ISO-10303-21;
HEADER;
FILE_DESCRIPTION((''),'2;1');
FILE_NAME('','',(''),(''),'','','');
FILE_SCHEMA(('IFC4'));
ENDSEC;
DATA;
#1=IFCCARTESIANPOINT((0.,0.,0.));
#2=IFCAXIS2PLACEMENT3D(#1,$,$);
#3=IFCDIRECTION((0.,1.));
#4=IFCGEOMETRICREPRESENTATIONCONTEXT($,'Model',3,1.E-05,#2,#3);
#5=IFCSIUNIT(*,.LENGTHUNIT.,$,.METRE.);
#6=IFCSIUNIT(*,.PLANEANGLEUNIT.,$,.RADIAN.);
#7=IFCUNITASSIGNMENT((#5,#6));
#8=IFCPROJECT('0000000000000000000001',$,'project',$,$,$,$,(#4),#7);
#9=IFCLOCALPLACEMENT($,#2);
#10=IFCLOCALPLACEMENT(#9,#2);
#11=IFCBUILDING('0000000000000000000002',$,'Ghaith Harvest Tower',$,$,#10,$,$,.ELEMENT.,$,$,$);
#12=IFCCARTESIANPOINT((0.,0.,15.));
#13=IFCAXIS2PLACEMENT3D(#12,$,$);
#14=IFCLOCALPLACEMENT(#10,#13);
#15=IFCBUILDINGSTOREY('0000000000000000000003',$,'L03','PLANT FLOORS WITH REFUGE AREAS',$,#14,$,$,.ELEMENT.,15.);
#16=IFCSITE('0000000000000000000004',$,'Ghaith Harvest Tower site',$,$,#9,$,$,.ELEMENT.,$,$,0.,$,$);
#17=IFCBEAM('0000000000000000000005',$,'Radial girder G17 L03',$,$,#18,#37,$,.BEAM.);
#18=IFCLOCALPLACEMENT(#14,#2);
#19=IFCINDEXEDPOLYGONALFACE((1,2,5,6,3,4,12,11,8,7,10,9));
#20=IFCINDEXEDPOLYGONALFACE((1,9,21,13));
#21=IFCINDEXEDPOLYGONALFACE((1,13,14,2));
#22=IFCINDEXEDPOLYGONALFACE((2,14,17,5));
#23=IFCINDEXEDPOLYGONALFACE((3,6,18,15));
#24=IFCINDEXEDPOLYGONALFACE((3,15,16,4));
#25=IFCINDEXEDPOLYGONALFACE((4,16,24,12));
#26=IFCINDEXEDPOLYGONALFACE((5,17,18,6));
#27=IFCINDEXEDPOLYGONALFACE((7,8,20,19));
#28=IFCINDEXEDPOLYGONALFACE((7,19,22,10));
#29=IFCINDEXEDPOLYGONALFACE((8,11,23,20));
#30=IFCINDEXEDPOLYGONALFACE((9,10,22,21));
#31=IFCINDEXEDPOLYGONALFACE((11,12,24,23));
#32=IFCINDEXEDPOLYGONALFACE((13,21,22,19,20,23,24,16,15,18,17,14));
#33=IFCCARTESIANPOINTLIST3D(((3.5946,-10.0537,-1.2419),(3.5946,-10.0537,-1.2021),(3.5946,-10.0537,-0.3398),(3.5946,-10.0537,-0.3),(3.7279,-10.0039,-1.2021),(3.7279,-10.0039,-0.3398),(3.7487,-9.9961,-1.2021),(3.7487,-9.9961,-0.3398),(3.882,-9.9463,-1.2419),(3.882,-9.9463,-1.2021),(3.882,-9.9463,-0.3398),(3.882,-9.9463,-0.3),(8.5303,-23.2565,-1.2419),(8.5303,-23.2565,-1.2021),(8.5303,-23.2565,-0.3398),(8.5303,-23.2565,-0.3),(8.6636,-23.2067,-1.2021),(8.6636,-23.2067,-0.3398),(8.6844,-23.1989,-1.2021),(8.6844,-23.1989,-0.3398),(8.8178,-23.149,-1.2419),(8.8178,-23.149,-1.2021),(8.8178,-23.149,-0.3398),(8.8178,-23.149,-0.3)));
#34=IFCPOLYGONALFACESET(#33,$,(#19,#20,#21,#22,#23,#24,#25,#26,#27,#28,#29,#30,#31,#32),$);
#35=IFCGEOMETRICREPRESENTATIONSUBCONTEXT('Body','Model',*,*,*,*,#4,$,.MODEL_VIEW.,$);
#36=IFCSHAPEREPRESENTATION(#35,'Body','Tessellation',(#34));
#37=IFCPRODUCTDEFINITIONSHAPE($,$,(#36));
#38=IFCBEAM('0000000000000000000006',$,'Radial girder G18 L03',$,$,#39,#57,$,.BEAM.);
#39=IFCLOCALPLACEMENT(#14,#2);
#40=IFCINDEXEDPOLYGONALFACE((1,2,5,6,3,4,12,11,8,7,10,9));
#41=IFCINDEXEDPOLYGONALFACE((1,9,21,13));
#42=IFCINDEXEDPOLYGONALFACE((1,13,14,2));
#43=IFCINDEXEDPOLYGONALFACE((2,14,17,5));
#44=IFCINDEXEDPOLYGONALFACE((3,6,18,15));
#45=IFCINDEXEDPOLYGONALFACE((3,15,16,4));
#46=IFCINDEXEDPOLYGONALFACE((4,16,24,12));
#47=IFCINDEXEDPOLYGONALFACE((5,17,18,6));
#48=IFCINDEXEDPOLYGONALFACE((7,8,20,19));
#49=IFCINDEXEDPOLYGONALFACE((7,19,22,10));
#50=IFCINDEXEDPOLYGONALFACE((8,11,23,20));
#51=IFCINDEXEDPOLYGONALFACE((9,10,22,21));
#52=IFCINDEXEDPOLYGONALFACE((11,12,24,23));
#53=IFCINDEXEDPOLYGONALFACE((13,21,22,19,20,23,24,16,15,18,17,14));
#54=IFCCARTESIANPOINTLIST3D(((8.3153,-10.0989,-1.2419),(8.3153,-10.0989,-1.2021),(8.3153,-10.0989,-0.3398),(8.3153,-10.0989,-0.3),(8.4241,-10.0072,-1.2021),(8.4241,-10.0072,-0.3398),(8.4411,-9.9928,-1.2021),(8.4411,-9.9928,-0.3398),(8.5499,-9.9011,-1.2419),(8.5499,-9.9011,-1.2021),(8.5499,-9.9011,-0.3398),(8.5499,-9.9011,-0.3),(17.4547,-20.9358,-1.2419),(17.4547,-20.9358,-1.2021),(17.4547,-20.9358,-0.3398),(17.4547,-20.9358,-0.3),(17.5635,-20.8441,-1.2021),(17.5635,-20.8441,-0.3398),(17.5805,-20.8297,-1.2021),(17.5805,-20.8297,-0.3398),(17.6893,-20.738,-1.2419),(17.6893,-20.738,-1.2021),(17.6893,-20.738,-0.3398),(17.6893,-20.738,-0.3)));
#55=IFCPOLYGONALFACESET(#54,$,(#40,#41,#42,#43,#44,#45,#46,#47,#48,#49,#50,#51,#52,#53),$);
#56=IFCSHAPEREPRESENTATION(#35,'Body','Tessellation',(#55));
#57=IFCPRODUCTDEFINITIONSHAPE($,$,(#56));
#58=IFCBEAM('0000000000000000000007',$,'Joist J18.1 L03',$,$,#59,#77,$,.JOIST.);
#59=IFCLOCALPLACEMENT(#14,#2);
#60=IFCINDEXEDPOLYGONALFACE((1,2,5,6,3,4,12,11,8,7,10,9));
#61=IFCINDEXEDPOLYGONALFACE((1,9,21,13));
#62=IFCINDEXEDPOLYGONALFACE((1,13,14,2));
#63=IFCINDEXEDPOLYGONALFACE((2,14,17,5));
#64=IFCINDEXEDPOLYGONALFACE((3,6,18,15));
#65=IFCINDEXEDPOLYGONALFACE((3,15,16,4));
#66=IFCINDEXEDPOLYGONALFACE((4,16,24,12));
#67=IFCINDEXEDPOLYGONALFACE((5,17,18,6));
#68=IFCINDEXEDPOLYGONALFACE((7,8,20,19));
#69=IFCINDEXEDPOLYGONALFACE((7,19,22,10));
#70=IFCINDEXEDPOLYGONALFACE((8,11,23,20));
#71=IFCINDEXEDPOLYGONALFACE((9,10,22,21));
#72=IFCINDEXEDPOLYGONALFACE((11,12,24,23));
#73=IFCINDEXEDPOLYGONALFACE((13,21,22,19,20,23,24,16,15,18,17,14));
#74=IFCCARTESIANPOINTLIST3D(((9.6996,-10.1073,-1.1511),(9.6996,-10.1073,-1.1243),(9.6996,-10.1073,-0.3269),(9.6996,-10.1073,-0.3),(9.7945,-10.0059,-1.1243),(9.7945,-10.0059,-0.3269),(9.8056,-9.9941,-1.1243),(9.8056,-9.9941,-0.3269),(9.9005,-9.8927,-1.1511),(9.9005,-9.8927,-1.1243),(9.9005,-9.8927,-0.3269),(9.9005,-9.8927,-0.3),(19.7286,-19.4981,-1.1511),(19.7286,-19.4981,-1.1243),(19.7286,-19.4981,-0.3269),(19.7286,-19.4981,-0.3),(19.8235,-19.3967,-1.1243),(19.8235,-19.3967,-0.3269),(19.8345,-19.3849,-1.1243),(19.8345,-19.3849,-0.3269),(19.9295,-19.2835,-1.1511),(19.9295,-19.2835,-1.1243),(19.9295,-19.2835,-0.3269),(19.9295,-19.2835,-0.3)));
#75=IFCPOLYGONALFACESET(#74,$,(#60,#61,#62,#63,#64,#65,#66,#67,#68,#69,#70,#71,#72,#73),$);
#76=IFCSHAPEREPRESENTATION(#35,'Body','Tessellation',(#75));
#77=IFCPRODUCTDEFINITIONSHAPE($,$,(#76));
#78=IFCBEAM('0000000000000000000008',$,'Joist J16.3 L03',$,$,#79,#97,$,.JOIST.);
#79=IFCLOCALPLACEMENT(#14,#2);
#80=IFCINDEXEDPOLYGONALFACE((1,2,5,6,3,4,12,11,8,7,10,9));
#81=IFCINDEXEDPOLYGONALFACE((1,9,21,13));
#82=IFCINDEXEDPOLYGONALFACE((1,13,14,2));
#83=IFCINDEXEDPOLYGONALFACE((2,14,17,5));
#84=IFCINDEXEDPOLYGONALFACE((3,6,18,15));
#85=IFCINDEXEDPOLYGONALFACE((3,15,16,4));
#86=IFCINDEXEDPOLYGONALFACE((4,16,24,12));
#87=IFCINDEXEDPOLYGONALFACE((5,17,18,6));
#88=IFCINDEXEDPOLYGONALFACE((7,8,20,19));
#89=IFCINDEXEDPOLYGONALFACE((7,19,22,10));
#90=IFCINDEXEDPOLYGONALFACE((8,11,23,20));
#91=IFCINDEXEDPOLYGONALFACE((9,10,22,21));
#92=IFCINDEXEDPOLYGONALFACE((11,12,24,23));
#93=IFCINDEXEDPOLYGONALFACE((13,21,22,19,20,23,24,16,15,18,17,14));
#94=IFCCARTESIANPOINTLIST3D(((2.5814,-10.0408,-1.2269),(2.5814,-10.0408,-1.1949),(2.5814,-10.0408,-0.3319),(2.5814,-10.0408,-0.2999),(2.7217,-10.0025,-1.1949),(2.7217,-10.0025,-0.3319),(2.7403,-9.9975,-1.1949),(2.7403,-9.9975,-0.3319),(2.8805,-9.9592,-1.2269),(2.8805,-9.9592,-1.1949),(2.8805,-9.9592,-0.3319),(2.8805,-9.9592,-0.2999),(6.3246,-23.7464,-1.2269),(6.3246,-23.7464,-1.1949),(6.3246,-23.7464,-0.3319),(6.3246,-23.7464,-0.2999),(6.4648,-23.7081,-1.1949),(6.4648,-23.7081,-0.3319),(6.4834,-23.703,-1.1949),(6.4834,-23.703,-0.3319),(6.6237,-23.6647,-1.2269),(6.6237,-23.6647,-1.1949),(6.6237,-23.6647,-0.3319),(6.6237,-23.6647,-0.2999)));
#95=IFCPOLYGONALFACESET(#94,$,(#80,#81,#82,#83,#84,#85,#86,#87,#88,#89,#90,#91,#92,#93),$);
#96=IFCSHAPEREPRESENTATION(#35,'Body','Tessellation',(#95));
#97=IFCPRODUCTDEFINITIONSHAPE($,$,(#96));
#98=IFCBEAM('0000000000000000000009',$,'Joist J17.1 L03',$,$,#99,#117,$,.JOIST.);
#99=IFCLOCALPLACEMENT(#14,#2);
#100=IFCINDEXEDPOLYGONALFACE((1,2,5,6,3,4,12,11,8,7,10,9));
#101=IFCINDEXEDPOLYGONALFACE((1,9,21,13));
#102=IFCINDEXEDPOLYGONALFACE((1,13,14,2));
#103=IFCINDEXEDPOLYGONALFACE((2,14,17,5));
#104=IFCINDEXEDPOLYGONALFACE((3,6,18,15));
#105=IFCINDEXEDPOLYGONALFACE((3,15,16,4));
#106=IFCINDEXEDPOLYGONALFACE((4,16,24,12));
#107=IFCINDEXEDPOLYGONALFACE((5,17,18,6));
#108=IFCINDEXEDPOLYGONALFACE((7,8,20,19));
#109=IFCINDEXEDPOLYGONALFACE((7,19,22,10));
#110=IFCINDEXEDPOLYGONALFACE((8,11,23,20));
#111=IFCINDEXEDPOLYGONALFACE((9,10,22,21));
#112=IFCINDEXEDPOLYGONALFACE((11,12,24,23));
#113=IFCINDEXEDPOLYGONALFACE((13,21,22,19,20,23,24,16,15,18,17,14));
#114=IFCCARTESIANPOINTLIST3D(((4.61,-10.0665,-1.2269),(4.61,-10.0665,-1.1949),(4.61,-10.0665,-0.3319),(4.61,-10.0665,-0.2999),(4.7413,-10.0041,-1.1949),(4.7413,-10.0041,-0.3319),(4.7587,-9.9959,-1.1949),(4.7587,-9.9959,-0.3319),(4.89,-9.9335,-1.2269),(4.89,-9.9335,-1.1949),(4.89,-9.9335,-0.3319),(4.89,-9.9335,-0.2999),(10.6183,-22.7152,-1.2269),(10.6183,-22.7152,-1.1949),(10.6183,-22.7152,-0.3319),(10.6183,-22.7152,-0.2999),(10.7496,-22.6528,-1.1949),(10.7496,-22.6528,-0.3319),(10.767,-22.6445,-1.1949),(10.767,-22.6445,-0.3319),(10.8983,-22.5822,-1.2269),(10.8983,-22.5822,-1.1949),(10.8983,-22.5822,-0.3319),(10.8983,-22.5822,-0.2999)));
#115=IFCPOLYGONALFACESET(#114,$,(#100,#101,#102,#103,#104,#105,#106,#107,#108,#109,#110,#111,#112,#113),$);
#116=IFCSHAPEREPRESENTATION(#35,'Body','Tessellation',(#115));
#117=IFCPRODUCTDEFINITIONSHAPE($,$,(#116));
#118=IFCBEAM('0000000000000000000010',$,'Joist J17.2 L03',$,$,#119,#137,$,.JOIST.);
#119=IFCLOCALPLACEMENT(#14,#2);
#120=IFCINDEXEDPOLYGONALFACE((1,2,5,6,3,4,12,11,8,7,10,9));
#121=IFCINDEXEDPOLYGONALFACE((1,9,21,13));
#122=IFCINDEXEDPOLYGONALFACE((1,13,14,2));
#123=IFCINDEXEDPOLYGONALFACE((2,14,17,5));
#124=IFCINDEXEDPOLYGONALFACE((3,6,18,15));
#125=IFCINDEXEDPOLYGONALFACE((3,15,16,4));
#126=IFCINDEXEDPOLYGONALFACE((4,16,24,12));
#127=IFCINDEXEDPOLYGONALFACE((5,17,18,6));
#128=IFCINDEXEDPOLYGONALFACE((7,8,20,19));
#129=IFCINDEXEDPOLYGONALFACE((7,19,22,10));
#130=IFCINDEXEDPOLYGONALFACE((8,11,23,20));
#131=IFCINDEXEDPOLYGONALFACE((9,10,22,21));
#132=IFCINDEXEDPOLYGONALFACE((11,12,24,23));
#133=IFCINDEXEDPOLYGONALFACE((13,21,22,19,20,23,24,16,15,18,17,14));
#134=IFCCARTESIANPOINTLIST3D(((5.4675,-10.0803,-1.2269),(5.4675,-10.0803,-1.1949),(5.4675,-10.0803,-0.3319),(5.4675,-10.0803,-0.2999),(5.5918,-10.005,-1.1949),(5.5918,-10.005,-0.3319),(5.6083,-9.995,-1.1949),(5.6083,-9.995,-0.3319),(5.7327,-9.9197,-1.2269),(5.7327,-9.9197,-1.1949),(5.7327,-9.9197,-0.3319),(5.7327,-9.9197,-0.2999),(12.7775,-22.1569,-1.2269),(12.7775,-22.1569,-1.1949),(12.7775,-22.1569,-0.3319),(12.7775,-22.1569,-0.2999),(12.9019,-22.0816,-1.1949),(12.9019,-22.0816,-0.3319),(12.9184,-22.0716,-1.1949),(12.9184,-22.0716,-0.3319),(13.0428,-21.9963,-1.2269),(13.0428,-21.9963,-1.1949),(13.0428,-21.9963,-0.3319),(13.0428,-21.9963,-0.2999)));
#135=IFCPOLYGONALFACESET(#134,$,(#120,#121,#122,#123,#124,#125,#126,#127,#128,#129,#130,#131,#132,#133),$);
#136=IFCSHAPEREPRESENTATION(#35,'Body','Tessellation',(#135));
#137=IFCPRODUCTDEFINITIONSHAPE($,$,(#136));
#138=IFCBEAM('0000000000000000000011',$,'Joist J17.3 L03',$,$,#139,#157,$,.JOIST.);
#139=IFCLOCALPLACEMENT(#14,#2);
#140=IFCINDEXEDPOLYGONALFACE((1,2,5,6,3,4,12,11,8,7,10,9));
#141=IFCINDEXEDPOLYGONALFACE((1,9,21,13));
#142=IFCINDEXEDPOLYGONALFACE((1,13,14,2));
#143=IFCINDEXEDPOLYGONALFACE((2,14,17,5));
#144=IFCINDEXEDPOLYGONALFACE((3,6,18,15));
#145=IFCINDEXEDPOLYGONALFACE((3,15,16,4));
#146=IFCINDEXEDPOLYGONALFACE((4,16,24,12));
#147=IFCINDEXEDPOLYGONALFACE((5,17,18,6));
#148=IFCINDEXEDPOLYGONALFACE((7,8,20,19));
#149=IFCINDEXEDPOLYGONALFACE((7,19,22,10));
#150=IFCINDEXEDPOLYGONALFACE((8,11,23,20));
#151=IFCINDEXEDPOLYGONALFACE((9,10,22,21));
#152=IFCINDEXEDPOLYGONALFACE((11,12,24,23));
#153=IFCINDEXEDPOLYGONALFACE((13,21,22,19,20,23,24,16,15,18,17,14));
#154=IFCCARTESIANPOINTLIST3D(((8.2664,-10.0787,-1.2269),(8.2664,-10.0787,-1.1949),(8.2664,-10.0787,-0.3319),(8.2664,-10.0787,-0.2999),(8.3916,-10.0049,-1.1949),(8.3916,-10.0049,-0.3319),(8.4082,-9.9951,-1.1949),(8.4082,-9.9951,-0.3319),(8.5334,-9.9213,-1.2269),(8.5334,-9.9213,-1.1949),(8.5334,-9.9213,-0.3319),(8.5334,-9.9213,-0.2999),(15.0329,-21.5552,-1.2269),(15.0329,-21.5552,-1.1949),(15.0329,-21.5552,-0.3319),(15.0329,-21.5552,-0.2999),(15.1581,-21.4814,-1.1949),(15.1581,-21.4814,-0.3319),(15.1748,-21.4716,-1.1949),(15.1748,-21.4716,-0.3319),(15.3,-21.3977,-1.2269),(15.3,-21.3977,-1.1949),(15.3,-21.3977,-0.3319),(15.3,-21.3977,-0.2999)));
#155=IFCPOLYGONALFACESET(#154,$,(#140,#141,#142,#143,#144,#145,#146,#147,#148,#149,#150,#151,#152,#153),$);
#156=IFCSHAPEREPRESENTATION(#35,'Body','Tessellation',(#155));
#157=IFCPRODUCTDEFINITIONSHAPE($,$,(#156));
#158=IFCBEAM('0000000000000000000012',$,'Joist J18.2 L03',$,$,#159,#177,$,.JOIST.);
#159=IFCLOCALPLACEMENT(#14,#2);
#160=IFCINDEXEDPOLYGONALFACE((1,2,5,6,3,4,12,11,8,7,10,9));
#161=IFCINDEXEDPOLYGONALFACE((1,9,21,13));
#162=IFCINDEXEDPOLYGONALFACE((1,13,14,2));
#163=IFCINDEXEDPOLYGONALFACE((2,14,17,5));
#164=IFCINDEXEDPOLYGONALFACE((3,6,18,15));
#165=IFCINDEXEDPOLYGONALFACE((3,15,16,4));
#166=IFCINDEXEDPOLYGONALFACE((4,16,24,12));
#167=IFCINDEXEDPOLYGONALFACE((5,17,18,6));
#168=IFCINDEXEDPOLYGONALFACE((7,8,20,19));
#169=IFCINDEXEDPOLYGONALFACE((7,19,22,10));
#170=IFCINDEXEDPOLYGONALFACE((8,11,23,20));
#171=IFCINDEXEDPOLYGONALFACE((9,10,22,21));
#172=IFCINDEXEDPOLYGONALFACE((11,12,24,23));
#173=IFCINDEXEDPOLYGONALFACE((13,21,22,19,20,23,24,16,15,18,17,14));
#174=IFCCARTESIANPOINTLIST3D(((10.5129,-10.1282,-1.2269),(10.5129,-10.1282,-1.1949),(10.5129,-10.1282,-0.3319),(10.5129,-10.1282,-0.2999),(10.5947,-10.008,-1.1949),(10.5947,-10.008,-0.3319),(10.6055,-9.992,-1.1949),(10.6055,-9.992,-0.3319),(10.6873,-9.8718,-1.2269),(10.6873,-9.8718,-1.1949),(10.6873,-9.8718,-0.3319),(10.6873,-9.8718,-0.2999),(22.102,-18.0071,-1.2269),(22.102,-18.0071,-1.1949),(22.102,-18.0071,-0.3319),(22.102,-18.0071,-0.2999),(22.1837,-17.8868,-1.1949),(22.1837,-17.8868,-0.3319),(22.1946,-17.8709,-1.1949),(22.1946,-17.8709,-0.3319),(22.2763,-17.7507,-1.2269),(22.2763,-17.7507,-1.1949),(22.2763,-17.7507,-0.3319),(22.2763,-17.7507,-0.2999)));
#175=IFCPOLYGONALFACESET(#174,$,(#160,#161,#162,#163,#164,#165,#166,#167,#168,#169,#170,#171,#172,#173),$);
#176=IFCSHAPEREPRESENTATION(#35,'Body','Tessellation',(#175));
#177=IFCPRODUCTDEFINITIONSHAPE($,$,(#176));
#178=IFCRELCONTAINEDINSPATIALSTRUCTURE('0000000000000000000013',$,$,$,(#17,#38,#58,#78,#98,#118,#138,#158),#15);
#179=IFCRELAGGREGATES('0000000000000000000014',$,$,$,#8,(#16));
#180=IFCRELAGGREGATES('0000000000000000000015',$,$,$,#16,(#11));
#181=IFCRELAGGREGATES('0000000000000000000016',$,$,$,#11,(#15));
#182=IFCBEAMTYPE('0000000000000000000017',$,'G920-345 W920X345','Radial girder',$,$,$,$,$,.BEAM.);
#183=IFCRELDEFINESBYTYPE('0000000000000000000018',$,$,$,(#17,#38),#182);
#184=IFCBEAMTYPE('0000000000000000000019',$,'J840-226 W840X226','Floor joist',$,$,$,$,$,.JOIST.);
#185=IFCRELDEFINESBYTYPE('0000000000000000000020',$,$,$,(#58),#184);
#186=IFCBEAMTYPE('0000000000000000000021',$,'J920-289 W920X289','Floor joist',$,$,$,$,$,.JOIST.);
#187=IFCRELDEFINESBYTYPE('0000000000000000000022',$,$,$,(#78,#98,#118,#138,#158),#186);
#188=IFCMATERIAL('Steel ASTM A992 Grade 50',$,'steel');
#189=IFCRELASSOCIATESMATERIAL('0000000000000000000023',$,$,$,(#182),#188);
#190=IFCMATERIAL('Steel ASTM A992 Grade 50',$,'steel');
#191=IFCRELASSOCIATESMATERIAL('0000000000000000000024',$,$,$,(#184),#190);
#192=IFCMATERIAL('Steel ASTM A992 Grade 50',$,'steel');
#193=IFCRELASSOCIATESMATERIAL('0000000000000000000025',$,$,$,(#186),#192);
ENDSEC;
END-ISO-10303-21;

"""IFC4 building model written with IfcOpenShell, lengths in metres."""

from ifc_helpers import new_model, si_unit, direction, frame, origin, origin_2d, place, context, subcontext, project, spatial, i_section, extrude, material, material_profile, profile_set, type_object, element, save


model = new_model("IFC4")

# Units and contexts
model_context = context("Model", 3, precision=1e-05, world=origin(), true_north=direction((0.0, 1.0)))
body_context = subcontext(model_context, "Body", "Model", "MODEL_VIEW")
ifc_project = project(units=[si_unit("LENGTHUNIT", "METRE"), si_unit("PLANEANGLEUNIT", "RADIAN")], contexts=[model_context])

# Site, building, storey
site_placement = place(None, origin())
site = spatial("IfcSite", under=ifc_project, at=site_placement, Name="Ghaith Harvest Tower site", CompositionType="ELEMENT", RefElevation=0.0)
building_placement = place(site_placement, origin())
building = spatial("IfcBuilding", under=site, at=building_placement, Name="Ghaith Harvest Tower", CompositionType="ELEMENT")
storey_placement = place(building_placement, frame((0.0, 0.0, 15.0)))
storey = spatial("IfcBuildingStorey", under=building, at=storey_placement, Name="L03", Description="PLANT FLOORS WITH REFUGE AREAS", CompositionType="ELEMENT", Elevation=15.0)

# Beams
ifc_material_1 = material(Name="Steel ASTM A992 Grade 50", Category="steel")
ifc_material_profile_1 = material_profile(ifc_material_1, i_section(OverallWidth=0.3069, OverallDepth=0.9419, WebThickness=0.0222, FlangeThickness=0.0398, at=origin_2d()), Name="W920X345")
ifc_profile_set_1 = profile_set([ifc_material_profile_1], Name="Steel ASTM A992 Grade 50")
beam_type_1 = type_object("IfcBeamType", Name="G920-345 W920X345", Description="Radial girder", PredefinedType="BEAM", material=ifc_profile_set_1)
beam_1_placement = place(storey_placement, frame((3.7383, -10.0, -0.771), z_axis=(0.350172, -0.936685, 0.0), x_axis=(0.936685, 0.350172, 0.0)))
element("IfcBeam", 1, at=beam_1_placement, inside=storey, type_object=beam_type_1, Name="Radial girder G17 L03", PredefinedType="BEAM", context=body_context, shape_type="SweptSolid", body=[
    extrude(i_section(OverallWidth=0.3069, OverallDepth=0.9419, WebThickness=0.0222, FlangeThickness=0.0398, at=origin_2d()), origin(), (0.0, 0.0, 1.0), 14.0952),
])
beam_2_placement = place(storey_placement, frame((8.4326, -10.0, -0.771), z_axis=(0.644696, -0.764439, 0.0), x_axis=(0.764439, 0.644696, 0.0)))
element("IfcBeam", 2, at=beam_2_placement, inside=storey, type_object=beam_type_1, Name="Radial girder G18 L03", PredefinedType="BEAM", context=body_context, shape_type="SweptSolid", body=[
    extrude(i_section(OverallWidth=0.3069, OverallDepth=0.9419, WebThickness=0.0222, FlangeThickness=0.0398, at=origin_2d()), origin(), (0.0, 0.0, 1.0), 14.1763),
])
ifc_material_2 = material(Name="Steel ASTM A992 Grade 50", Category="steel")
ifc_material_profile_2 = material_profile(ifc_material_2, i_section(OverallWidth=0.2939, OverallDepth=0.8511, WebThickness=0.0161, FlangeThickness=0.0269, at=origin_2d()), Name="W840X226")
ifc_profile_set_2 = profile_set([ifc_material_profile_2], Name="Steel ASTM A992 Grade 50")
beam_type_2 = type_object("IfcBeamType", Name="J840-226 W840X226", Description="Floor joist", PredefinedType="JOIST", material=ifc_profile_set_2)
beam_3_placement = place(storey_placement, frame((9.8, -10.0, -0.7256), z_axis=(0.72995, -0.683501, 0.0), x_axis=(0.683501, 0.72995, 0.0)))
element("IfcBeam", 3, at=beam_3_placement, inside=storey, type_object=beam_type_2, Name="Joist J18.1 L03", PredefinedType="JOIST", context=body_context, shape_type="SweptSolid", body=[
    extrude(i_section(OverallWidth=0.2939, OverallDepth=0.8511, WebThickness=0.0161, FlangeThickness=0.0269, at=origin_2d()), origin(), (0.0, 0.0, 1.0), 13.7393),
])
ifc_material_3 = material(Name="Steel ASTM A992 Grade 50", Category="steel")
ifc_material_profile_3 = material_profile(ifc_material_3, i_section(OverallWidth=0.3101, OverallDepth=0.927, WebThickness=0.0193, FlangeThickness=0.032, at=origin_2d()), Name="W920X289")
ifc_profile_set_3 = profile_set([ifc_material_profile_3], Name="Steel ASTM A992 Grade 50")
beam_type_3 = type_object("IfcBeamType", Name="J920-289 W920X289", Description="Floor joist", PredefinedType="JOIST", material=ifc_profile_set_3)
beam_4_placement = place(storey_placement, frame((2.731, -10.0, -0.7634), z_axis=(0.263463, -0.964669, 0.0), x_axis=(0.964669, 0.263463, 0.0)))
element("IfcBeam", 4, at=beam_4_placement, inside=storey, type_object=beam_type_3, Name="Joist J16.3 L03", PredefinedType="JOIST", context=body_context, shape_type="SweptSolid", body=[
    extrude(i_section(OverallWidth=0.3101, OverallDepth=0.927, WebThickness=0.0193, FlangeThickness=0.032, at=origin_2d()), origin(), (0.0, 0.0, 1.0), 14.2075),
])
beam_5_placement = place(storey_placement, frame((4.75, -10.0, -0.7634), z_axis=(0.429067, -0.903273, 0.0), x_axis=(0.903273, 0.429067, 0.0)))
element("IfcBeam", 5, at=beam_5_placement, inside=storey, type_object=beam_type_3, Name="Joist J17.1 L03", PredefinedType="JOIST", context=body_context, shape_type="SweptSolid", body=[
    extrude(i_section(OverallWidth=0.3101, OverallDepth=0.927, WebThickness=0.0193, FlangeThickness=0.032, at=origin_2d()), origin(), (0.0, 0.0, 1.0), 14.0032),
])
beam_6_placement = place(storey_placement, frame((5.6001, -10.0, -0.7634), z_axis=(0.517829, -0.855484, 0.0), x_axis=(0.855484, 0.517829, 0.0)))
element("IfcBeam", 6, at=beam_6_placement, inside=storey, type_object=beam_type_3, Name="Joist J17.2 L03", PredefinedType="JOIST", context=body_context, shape_type="SweptSolid", body=[
    extrude(i_section(OverallWidth=0.3101, OverallDepth=0.927, WebThickness=0.0193, FlangeThickness=0.032, at=origin_2d()), origin(), (0.0, 0.0, 1.0), 14.1167),
])
beam_7_placement = place(storey_placement, frame((8.3999, -10.0, -0.7634), z_axis=(0.507894, -0.861419, 0.0), x_axis=(0.861419, 0.507894, 0.0)))
element("IfcBeam", 7, at=beam_7_placement, inside=storey, type_object=beam_type_3, Name="Joist J17.3 L03", PredefinedType="JOIST", context=body_context, shape_type="SweptSolid", body=[
    extrude(i_section(OverallWidth=0.3101, OverallDepth=0.927, WebThickness=0.0193, FlangeThickness=0.032, at=origin_2d()), origin(), (0.0, 0.0, 1.0), 13.3228),
])
beam_8_placement = place(storey_placement, frame((10.6001, -10.0, -0.7634), z_axis=(0.826983, -0.562228, 0.0), x_axis=(0.562228, 0.826983, 0.0)))
element("IfcBeam", 8, at=beam_8_placement, inside=storey, type_object=beam_type_3, Name="Joist J18.2 L03", PredefinedType="JOIST", context=body_context, shape_type="SweptSolid", body=[
    extrude(i_section(OverallWidth=0.3101, OverallDepth=0.927, WebThickness=0.0193, FlangeThickness=0.032, at=origin_2d()), origin(), (0.0, 0.0, 1.0), 14.0137),
])

save(model, "model.ifc")
